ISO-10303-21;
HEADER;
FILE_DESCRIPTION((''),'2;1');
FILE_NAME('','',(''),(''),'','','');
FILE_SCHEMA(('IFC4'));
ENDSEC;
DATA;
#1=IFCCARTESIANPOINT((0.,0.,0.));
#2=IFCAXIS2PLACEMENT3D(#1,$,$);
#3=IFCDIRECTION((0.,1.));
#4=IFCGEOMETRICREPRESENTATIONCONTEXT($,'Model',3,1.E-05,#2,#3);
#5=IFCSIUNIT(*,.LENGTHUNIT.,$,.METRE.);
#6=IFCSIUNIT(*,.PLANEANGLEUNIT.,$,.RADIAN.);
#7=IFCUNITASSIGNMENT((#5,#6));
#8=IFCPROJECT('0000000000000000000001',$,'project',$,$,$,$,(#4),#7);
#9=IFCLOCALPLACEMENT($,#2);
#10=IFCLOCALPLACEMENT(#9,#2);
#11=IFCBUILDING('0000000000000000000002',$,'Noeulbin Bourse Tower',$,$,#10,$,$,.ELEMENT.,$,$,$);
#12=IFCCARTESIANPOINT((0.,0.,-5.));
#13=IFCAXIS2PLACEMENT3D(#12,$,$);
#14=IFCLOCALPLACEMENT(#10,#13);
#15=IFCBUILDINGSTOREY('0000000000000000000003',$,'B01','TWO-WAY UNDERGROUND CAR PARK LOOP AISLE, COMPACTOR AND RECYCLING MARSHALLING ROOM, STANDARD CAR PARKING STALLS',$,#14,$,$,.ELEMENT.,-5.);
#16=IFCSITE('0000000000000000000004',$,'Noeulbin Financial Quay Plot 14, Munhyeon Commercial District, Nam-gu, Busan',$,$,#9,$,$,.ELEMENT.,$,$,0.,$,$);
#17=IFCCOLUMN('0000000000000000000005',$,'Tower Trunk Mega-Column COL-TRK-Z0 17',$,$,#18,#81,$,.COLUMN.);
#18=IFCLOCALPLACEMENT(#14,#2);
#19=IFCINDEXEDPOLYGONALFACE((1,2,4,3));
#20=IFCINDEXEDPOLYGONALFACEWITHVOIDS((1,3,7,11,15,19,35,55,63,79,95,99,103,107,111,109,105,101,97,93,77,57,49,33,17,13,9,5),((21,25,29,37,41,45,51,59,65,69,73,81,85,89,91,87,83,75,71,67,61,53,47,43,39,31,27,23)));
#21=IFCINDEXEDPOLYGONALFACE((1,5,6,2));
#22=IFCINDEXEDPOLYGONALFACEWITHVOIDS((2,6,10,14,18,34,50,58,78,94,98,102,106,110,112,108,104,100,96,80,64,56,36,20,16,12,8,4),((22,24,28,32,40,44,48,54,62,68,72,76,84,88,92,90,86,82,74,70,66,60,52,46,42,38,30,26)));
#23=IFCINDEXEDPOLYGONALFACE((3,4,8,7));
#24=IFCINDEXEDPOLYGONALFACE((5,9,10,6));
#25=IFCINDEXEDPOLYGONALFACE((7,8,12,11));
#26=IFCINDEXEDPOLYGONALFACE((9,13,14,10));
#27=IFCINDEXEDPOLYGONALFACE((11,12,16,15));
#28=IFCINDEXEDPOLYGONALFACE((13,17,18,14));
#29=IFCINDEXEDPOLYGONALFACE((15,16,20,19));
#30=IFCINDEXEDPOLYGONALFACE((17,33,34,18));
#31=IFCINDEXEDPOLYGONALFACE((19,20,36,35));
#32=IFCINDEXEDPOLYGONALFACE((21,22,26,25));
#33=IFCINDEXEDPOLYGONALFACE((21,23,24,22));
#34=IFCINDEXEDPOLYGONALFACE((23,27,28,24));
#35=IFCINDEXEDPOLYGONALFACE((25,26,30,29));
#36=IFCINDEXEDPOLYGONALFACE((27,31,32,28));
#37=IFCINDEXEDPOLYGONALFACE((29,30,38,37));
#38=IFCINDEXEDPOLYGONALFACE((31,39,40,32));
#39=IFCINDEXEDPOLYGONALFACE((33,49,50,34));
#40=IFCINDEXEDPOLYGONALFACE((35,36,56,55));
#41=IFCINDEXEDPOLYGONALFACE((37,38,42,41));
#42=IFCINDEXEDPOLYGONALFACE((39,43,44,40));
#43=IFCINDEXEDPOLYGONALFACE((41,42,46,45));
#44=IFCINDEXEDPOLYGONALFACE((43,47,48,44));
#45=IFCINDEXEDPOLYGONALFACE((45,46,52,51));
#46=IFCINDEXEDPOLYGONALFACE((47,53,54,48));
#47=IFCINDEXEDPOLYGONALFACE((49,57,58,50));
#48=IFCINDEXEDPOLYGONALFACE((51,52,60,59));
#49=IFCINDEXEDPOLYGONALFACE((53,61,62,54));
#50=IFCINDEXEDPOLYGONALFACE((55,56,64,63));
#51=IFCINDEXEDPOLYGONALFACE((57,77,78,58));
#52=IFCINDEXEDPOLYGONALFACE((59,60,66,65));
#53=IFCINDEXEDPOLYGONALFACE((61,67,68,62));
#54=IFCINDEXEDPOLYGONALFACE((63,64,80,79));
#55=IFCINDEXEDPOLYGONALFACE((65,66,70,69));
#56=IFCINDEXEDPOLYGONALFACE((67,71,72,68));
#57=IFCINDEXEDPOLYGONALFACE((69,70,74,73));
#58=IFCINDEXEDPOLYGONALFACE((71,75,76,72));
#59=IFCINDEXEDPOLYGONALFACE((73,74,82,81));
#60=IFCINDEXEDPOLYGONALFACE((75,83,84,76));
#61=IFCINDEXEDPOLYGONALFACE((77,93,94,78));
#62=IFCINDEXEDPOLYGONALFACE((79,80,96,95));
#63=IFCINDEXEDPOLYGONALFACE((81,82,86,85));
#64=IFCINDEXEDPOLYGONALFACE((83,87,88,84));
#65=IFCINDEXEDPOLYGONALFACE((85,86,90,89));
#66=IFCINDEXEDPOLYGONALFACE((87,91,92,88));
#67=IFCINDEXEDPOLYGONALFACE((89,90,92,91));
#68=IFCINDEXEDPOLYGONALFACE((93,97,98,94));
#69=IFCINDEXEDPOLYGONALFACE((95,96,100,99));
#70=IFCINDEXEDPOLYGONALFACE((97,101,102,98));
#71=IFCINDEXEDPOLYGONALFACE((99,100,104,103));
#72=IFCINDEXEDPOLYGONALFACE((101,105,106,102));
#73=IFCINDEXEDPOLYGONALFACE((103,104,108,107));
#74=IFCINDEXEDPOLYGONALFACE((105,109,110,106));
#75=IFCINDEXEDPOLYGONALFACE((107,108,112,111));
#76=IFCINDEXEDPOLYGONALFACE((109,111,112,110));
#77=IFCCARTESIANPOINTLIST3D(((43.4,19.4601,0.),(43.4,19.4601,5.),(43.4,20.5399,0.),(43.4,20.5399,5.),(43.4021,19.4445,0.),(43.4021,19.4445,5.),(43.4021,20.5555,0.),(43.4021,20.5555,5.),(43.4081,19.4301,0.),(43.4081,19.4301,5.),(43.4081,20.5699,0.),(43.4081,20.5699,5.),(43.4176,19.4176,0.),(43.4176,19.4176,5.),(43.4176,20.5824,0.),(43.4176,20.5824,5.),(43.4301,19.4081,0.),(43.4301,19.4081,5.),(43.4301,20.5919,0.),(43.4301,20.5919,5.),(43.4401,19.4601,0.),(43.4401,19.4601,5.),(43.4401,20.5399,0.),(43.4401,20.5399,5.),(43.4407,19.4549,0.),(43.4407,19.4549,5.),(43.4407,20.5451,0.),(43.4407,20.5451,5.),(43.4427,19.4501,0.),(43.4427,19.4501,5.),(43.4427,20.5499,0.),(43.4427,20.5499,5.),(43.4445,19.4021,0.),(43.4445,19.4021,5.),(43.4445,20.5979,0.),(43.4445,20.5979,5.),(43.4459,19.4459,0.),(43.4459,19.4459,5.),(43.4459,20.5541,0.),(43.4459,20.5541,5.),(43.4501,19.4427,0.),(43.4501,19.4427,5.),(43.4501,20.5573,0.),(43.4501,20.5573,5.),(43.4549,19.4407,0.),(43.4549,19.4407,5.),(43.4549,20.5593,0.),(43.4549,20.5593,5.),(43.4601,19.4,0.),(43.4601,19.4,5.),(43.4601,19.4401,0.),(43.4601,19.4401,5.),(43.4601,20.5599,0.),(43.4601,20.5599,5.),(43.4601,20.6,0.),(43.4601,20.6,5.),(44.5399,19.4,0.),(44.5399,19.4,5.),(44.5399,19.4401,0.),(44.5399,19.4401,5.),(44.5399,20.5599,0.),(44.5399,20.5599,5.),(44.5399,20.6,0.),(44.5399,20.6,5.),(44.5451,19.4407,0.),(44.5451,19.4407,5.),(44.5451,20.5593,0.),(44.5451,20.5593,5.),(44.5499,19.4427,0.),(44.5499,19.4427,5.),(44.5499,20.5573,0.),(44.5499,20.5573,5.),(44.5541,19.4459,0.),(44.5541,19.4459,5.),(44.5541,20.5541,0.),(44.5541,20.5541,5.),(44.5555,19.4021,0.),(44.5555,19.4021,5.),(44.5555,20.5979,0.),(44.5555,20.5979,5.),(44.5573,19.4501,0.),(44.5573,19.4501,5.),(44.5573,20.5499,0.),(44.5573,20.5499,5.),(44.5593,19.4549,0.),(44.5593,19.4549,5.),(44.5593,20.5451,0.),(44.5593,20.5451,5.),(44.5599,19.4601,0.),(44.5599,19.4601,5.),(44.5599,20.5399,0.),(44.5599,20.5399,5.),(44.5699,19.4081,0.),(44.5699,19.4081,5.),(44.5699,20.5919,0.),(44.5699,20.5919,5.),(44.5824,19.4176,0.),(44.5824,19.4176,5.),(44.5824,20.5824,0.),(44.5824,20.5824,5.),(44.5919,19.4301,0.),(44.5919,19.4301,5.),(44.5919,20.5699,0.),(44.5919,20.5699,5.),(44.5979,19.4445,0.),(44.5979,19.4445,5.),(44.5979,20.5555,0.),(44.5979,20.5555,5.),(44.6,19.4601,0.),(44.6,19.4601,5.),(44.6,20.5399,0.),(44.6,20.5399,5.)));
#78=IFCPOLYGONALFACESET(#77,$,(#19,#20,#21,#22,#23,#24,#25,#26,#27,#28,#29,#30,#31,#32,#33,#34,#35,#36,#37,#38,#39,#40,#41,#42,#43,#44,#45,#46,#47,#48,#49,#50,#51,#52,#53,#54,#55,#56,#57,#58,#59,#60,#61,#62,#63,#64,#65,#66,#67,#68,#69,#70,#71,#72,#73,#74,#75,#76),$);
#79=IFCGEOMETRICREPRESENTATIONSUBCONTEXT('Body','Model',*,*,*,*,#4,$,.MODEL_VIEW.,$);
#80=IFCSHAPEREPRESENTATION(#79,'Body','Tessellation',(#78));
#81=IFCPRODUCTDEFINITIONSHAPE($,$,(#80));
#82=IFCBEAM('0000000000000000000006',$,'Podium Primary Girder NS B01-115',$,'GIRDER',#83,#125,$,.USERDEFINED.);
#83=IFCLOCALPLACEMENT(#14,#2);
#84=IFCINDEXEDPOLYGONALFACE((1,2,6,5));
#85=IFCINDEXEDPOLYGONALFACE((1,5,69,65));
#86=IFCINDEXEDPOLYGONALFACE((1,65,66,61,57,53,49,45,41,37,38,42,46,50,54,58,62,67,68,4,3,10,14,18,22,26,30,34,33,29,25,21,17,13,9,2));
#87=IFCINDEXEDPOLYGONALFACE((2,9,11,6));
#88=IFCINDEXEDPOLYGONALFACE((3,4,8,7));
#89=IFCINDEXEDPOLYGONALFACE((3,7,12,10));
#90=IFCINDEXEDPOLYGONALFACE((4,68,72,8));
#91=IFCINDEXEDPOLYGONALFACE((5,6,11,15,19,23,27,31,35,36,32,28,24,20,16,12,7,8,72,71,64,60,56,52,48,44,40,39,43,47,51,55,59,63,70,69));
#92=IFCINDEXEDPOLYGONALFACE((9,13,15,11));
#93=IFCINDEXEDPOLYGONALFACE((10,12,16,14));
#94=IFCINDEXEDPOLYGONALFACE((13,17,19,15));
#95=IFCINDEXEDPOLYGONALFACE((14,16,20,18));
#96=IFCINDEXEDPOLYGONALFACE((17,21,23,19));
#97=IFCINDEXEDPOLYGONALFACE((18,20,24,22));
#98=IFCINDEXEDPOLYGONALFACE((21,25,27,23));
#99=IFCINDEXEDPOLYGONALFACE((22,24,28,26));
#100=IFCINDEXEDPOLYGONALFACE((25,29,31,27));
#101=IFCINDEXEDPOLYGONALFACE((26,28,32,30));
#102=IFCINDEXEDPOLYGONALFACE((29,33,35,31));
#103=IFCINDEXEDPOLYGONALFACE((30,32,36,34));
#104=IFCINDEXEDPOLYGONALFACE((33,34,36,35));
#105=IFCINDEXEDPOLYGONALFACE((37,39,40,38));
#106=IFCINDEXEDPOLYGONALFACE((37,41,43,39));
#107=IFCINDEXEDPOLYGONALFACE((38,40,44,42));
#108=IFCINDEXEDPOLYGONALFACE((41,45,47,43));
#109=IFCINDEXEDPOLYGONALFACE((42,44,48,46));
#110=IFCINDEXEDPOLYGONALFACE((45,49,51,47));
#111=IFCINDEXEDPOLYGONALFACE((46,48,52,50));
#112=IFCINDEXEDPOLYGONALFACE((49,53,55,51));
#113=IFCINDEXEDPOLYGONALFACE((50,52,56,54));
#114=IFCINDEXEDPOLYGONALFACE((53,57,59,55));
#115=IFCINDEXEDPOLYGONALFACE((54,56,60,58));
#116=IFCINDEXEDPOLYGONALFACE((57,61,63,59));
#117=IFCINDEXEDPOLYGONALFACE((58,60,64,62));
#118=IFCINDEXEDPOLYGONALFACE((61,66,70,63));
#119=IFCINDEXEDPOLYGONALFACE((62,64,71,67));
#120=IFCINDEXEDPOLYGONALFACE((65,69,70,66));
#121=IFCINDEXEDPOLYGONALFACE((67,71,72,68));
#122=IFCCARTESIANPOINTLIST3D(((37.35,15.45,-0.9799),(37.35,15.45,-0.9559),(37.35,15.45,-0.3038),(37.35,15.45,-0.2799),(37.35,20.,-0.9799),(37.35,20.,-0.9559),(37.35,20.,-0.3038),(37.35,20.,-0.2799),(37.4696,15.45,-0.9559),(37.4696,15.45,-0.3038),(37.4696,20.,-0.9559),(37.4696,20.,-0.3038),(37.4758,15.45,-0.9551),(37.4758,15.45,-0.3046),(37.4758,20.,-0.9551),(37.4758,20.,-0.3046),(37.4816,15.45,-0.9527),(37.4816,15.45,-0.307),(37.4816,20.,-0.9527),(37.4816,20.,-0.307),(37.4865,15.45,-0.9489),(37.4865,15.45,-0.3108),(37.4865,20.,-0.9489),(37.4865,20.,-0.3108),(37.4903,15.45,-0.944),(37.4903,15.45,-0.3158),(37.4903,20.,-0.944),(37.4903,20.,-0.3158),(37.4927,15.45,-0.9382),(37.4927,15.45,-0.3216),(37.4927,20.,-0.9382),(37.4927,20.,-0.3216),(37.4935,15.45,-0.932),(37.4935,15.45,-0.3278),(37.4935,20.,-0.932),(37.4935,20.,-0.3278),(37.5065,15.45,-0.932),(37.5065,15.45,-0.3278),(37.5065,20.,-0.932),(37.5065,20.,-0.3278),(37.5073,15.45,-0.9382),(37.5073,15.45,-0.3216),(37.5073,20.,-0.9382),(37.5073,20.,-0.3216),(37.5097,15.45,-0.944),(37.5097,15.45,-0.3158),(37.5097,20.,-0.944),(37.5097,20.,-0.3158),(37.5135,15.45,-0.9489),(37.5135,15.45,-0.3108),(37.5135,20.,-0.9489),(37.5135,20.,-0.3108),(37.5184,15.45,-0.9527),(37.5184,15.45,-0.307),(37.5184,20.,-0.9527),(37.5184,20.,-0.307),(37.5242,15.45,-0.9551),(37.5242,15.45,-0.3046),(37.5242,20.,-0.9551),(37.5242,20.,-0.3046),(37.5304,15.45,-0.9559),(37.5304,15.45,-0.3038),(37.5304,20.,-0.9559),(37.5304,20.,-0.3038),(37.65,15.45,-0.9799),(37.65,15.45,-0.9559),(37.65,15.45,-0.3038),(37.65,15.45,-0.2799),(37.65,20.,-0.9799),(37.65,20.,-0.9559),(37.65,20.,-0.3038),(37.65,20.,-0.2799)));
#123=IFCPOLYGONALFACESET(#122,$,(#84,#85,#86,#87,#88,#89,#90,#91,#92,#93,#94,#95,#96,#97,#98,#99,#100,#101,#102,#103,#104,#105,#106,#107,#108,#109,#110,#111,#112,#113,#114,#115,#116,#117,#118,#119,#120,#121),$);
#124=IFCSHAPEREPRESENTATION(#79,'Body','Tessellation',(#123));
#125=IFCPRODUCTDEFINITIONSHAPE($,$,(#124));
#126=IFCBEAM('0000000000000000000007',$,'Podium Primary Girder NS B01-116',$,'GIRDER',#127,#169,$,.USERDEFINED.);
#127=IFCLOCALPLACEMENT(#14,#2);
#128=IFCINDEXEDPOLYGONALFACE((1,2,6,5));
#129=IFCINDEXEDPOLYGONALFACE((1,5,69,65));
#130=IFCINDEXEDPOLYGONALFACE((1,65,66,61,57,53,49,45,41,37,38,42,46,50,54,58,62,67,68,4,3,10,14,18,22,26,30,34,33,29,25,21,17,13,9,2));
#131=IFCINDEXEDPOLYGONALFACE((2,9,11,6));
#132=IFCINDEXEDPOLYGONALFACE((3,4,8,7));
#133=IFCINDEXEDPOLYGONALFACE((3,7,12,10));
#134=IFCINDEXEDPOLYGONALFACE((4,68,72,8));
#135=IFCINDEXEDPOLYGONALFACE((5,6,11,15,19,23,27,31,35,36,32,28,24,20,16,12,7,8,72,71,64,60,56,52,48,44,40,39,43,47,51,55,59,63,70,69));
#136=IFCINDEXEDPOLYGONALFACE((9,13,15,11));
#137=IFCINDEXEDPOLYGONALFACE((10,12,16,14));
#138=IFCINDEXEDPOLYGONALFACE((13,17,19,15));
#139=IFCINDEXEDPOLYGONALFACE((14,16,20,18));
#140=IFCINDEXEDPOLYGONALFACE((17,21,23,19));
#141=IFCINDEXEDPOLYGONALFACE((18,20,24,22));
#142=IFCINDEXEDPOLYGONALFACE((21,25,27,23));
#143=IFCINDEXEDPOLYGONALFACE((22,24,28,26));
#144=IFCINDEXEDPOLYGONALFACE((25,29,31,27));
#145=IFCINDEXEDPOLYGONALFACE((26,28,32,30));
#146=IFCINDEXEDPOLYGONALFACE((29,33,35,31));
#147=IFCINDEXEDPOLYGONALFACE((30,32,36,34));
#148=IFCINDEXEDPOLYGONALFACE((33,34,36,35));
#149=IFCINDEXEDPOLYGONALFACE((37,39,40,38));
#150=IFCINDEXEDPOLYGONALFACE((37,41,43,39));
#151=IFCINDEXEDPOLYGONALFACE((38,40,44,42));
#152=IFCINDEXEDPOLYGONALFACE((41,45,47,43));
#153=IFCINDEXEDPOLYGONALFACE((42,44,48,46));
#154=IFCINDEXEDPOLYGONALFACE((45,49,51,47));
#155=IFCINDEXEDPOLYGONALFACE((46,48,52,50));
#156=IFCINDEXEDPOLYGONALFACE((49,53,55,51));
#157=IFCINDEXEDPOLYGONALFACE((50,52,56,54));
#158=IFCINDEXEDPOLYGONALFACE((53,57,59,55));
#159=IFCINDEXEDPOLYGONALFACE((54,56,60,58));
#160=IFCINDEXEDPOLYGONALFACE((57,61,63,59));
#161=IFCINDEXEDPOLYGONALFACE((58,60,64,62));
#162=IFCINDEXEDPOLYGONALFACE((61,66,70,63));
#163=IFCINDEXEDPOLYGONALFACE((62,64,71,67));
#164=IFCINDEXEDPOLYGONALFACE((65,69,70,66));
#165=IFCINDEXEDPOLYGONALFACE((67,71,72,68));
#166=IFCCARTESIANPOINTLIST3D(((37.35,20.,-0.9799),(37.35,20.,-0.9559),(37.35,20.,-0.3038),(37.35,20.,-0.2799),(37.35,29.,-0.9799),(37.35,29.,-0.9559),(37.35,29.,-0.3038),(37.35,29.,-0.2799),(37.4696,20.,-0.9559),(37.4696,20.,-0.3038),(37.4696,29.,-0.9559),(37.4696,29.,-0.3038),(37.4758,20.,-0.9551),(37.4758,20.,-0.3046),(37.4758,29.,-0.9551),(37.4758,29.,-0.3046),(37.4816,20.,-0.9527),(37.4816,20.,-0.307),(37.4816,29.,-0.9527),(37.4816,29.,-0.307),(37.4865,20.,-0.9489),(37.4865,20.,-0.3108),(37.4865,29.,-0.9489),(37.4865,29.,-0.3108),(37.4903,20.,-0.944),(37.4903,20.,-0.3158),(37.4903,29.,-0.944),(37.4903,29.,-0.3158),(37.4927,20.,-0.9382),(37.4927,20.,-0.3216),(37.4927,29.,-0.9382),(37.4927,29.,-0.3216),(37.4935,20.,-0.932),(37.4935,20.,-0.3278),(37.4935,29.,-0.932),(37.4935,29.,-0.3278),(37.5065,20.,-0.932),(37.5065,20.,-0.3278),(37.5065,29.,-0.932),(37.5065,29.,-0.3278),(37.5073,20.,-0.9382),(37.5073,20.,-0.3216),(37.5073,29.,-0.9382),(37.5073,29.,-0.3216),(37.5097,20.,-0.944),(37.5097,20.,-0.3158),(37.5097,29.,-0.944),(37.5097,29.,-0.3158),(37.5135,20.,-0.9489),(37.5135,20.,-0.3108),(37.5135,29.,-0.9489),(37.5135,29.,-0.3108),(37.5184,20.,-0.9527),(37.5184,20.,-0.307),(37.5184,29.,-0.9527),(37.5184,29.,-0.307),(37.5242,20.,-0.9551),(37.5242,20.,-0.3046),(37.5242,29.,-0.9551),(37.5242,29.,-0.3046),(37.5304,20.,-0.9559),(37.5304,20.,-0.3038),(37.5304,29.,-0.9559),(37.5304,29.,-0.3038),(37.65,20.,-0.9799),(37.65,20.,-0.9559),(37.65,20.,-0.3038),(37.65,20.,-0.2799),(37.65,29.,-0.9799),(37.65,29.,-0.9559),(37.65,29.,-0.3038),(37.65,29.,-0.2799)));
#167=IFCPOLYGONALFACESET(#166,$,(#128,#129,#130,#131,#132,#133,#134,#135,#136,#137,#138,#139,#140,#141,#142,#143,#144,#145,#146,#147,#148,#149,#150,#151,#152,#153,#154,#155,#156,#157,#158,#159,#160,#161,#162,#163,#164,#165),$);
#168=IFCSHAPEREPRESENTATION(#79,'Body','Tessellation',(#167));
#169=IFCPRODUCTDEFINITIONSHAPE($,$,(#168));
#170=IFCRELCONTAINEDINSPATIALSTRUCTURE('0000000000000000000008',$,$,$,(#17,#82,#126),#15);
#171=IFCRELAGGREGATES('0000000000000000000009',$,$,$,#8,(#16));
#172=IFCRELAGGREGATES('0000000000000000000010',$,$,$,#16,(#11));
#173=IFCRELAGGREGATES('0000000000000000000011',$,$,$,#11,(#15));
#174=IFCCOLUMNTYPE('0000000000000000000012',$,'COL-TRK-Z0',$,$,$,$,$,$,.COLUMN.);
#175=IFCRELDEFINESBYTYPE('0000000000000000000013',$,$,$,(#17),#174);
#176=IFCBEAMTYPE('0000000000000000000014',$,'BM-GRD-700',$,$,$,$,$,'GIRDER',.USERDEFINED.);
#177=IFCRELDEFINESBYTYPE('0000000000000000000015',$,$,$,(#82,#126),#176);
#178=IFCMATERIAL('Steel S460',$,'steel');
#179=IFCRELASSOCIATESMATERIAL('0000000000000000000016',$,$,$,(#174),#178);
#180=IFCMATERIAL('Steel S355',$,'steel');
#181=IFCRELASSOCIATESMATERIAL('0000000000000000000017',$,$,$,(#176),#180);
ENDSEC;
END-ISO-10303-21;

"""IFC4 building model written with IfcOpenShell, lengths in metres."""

from ifc_helpers import new_model, si_unit, direction, frame, origin, origin_2d, place, context, subcontext, project, spatial, hollow_rectangle, i_section, extrude, material, material_profile, profile_set, type_object, element, save


model = new_model("IFC4")

# Units and contexts
model_context = context("Model", 3, precision=1e-05, world=origin(), true_north=direction((0.0, 1.0)))
body_context = subcontext(model_context, "Body", "Model", "MODEL_VIEW")
ifc_project = project(units=[si_unit("LENGTHUNIT", "METRE"), si_unit("PLANEANGLEUNIT", "RADIAN")], contexts=[model_context])

# Site, building, storey
site_placement = place(None, origin())
site = spatial("IfcSite", under=ifc_project, at=site_placement, Name="Noeulbin Financial Quay Plot 14, Munhyeon Commercial District, Nam-gu, Busan", CompositionType="ELEMENT", RefElevation=0.0)
building_placement = place(site_placement, origin())
building = spatial("IfcBuilding", under=site, at=building_placement, Name="Noeulbin Bourse Tower", CompositionType="ELEMENT")
storey_placement = place(building_placement, frame((0.0, 0.0, -5.0)))
storey = spatial("IfcBuildingStorey", under=building, at=storey_placement, Name="B01", Description="TWO-WAY UNDERGROUND CAR PARK LOOP AISLE, COMPACTOR AND RECYCLING MARSHALLING ROOM, STANDARD CAR PARKING STALLS", CompositionType="ELEMENT", Elevation=-5.0)

# Column
ifc_material_1 = material(Name="Steel S460", Category="steel")
ifc_material_profile_1 = material_profile(ifc_material_1, hollow_rectangle(XDim=1.2, YDim=1.2, WallThickness=0.04, InnerFilletRadius=0.02, OuterFilletRadius=0.0601, at=origin_2d()), Name="BOX-1200x1200x40", Category="LoadBearing")
ifc_profile_set_1 = profile_set([ifc_material_profile_1], Name="Steel S460")
column_type_1 = type_object("IfcColumnType", Name="COL-TRK-Z0", PredefinedType="COLUMN", material=ifc_profile_set_1)
for number, where, z_axis, x_axis, name in (
    (1, (44.0, 20.0, 0.0), (0.0, 0.0, 1.0), (1.0, 0.0, 0.0), "Tower Trunk Mega-Column COL-TRK-Z0 17"),
):
    element("IfcColumn", number, at=place(storey_placement, frame(where, z_axis=z_axis, x_axis=x_axis)), inside=storey, type_object=column_type_1, Name=name, PredefinedType="COLUMN", context=body_context, shape_type="SweptSolid", body=[
        extrude(hollow_rectangle(XDim=1.2, YDim=1.2, WallThickness=0.04, InnerFilletRadius=0.02, OuterFilletRadius=0.0601, at=origin_2d()), origin(), (0.0, 0.0, 1.0), 5.0),
    ])

# Beams
ifc_material_2 = material(Name="Steel S355", Category="steel")
ifc_material_profile_2 = material_profile(ifc_material_2, i_section(OverallWidth=0.3, OverallDepth=0.7, WebThickness=0.0129, FlangeThickness=0.0239, FilletRadius=0.0239, at=origin_2d()), Name="H-700x300x13x24", Category="LoadBearing")
ifc_profile_set_2 = profile_set([ifc_material_profile_2], Name="Steel S355")
beam_type_1 = type_object("IfcBeamType", Name="BM-GRD-700", ElementType="GIRDER", PredefinedType="USERDEFINED", material=ifc_profile_set_2)
beam_1_placement = place(storey_placement, frame((37.5, 15.45, -0.6299), z_axis=(0.0, 1.0, 0.0), x_axis=(-1.0, 0.0, 0.0)))
element("IfcBeam", 2, at=beam_1_placement, inside=storey, type_object=beam_type_1, Name="Podium Primary Girder NS B01-115", ObjectType="GIRDER", PredefinedType="USERDEFINED", context=body_context, shape_type="SweptSolid", body=[
    extrude(i_section(OverallWidth=0.3, OverallDepth=0.7, WebThickness=0.0129, FlangeThickness=0.0239, FilletRadius=0.0239, at=origin_2d()), origin(), (0.0, 0.0, 1.0), 4.55),
])
beam_2_placement = place(storey_placement, frame((37.5, 20.0, -0.6299), z_axis=(0.0, 1.0, 0.0), x_axis=(-1.0, 0.0, 0.0)))
element("IfcBeam", 3, at=beam_2_placement, inside=storey, type_object=beam_type_1, Name="Podium Primary Girder NS B01-116", ObjectType="GIRDER", PredefinedType="USERDEFINED", context=body_context, shape_type="SweptSolid", body=[
    extrude(i_section(OverallWidth=0.3, OverallDepth=0.7, WebThickness=0.0129, FlangeThickness=0.0239, FilletRadius=0.0239, at=origin_2d()), origin(), (0.0, 0.0, 1.0), 9.0),
])

save(model, "model.ifc")
